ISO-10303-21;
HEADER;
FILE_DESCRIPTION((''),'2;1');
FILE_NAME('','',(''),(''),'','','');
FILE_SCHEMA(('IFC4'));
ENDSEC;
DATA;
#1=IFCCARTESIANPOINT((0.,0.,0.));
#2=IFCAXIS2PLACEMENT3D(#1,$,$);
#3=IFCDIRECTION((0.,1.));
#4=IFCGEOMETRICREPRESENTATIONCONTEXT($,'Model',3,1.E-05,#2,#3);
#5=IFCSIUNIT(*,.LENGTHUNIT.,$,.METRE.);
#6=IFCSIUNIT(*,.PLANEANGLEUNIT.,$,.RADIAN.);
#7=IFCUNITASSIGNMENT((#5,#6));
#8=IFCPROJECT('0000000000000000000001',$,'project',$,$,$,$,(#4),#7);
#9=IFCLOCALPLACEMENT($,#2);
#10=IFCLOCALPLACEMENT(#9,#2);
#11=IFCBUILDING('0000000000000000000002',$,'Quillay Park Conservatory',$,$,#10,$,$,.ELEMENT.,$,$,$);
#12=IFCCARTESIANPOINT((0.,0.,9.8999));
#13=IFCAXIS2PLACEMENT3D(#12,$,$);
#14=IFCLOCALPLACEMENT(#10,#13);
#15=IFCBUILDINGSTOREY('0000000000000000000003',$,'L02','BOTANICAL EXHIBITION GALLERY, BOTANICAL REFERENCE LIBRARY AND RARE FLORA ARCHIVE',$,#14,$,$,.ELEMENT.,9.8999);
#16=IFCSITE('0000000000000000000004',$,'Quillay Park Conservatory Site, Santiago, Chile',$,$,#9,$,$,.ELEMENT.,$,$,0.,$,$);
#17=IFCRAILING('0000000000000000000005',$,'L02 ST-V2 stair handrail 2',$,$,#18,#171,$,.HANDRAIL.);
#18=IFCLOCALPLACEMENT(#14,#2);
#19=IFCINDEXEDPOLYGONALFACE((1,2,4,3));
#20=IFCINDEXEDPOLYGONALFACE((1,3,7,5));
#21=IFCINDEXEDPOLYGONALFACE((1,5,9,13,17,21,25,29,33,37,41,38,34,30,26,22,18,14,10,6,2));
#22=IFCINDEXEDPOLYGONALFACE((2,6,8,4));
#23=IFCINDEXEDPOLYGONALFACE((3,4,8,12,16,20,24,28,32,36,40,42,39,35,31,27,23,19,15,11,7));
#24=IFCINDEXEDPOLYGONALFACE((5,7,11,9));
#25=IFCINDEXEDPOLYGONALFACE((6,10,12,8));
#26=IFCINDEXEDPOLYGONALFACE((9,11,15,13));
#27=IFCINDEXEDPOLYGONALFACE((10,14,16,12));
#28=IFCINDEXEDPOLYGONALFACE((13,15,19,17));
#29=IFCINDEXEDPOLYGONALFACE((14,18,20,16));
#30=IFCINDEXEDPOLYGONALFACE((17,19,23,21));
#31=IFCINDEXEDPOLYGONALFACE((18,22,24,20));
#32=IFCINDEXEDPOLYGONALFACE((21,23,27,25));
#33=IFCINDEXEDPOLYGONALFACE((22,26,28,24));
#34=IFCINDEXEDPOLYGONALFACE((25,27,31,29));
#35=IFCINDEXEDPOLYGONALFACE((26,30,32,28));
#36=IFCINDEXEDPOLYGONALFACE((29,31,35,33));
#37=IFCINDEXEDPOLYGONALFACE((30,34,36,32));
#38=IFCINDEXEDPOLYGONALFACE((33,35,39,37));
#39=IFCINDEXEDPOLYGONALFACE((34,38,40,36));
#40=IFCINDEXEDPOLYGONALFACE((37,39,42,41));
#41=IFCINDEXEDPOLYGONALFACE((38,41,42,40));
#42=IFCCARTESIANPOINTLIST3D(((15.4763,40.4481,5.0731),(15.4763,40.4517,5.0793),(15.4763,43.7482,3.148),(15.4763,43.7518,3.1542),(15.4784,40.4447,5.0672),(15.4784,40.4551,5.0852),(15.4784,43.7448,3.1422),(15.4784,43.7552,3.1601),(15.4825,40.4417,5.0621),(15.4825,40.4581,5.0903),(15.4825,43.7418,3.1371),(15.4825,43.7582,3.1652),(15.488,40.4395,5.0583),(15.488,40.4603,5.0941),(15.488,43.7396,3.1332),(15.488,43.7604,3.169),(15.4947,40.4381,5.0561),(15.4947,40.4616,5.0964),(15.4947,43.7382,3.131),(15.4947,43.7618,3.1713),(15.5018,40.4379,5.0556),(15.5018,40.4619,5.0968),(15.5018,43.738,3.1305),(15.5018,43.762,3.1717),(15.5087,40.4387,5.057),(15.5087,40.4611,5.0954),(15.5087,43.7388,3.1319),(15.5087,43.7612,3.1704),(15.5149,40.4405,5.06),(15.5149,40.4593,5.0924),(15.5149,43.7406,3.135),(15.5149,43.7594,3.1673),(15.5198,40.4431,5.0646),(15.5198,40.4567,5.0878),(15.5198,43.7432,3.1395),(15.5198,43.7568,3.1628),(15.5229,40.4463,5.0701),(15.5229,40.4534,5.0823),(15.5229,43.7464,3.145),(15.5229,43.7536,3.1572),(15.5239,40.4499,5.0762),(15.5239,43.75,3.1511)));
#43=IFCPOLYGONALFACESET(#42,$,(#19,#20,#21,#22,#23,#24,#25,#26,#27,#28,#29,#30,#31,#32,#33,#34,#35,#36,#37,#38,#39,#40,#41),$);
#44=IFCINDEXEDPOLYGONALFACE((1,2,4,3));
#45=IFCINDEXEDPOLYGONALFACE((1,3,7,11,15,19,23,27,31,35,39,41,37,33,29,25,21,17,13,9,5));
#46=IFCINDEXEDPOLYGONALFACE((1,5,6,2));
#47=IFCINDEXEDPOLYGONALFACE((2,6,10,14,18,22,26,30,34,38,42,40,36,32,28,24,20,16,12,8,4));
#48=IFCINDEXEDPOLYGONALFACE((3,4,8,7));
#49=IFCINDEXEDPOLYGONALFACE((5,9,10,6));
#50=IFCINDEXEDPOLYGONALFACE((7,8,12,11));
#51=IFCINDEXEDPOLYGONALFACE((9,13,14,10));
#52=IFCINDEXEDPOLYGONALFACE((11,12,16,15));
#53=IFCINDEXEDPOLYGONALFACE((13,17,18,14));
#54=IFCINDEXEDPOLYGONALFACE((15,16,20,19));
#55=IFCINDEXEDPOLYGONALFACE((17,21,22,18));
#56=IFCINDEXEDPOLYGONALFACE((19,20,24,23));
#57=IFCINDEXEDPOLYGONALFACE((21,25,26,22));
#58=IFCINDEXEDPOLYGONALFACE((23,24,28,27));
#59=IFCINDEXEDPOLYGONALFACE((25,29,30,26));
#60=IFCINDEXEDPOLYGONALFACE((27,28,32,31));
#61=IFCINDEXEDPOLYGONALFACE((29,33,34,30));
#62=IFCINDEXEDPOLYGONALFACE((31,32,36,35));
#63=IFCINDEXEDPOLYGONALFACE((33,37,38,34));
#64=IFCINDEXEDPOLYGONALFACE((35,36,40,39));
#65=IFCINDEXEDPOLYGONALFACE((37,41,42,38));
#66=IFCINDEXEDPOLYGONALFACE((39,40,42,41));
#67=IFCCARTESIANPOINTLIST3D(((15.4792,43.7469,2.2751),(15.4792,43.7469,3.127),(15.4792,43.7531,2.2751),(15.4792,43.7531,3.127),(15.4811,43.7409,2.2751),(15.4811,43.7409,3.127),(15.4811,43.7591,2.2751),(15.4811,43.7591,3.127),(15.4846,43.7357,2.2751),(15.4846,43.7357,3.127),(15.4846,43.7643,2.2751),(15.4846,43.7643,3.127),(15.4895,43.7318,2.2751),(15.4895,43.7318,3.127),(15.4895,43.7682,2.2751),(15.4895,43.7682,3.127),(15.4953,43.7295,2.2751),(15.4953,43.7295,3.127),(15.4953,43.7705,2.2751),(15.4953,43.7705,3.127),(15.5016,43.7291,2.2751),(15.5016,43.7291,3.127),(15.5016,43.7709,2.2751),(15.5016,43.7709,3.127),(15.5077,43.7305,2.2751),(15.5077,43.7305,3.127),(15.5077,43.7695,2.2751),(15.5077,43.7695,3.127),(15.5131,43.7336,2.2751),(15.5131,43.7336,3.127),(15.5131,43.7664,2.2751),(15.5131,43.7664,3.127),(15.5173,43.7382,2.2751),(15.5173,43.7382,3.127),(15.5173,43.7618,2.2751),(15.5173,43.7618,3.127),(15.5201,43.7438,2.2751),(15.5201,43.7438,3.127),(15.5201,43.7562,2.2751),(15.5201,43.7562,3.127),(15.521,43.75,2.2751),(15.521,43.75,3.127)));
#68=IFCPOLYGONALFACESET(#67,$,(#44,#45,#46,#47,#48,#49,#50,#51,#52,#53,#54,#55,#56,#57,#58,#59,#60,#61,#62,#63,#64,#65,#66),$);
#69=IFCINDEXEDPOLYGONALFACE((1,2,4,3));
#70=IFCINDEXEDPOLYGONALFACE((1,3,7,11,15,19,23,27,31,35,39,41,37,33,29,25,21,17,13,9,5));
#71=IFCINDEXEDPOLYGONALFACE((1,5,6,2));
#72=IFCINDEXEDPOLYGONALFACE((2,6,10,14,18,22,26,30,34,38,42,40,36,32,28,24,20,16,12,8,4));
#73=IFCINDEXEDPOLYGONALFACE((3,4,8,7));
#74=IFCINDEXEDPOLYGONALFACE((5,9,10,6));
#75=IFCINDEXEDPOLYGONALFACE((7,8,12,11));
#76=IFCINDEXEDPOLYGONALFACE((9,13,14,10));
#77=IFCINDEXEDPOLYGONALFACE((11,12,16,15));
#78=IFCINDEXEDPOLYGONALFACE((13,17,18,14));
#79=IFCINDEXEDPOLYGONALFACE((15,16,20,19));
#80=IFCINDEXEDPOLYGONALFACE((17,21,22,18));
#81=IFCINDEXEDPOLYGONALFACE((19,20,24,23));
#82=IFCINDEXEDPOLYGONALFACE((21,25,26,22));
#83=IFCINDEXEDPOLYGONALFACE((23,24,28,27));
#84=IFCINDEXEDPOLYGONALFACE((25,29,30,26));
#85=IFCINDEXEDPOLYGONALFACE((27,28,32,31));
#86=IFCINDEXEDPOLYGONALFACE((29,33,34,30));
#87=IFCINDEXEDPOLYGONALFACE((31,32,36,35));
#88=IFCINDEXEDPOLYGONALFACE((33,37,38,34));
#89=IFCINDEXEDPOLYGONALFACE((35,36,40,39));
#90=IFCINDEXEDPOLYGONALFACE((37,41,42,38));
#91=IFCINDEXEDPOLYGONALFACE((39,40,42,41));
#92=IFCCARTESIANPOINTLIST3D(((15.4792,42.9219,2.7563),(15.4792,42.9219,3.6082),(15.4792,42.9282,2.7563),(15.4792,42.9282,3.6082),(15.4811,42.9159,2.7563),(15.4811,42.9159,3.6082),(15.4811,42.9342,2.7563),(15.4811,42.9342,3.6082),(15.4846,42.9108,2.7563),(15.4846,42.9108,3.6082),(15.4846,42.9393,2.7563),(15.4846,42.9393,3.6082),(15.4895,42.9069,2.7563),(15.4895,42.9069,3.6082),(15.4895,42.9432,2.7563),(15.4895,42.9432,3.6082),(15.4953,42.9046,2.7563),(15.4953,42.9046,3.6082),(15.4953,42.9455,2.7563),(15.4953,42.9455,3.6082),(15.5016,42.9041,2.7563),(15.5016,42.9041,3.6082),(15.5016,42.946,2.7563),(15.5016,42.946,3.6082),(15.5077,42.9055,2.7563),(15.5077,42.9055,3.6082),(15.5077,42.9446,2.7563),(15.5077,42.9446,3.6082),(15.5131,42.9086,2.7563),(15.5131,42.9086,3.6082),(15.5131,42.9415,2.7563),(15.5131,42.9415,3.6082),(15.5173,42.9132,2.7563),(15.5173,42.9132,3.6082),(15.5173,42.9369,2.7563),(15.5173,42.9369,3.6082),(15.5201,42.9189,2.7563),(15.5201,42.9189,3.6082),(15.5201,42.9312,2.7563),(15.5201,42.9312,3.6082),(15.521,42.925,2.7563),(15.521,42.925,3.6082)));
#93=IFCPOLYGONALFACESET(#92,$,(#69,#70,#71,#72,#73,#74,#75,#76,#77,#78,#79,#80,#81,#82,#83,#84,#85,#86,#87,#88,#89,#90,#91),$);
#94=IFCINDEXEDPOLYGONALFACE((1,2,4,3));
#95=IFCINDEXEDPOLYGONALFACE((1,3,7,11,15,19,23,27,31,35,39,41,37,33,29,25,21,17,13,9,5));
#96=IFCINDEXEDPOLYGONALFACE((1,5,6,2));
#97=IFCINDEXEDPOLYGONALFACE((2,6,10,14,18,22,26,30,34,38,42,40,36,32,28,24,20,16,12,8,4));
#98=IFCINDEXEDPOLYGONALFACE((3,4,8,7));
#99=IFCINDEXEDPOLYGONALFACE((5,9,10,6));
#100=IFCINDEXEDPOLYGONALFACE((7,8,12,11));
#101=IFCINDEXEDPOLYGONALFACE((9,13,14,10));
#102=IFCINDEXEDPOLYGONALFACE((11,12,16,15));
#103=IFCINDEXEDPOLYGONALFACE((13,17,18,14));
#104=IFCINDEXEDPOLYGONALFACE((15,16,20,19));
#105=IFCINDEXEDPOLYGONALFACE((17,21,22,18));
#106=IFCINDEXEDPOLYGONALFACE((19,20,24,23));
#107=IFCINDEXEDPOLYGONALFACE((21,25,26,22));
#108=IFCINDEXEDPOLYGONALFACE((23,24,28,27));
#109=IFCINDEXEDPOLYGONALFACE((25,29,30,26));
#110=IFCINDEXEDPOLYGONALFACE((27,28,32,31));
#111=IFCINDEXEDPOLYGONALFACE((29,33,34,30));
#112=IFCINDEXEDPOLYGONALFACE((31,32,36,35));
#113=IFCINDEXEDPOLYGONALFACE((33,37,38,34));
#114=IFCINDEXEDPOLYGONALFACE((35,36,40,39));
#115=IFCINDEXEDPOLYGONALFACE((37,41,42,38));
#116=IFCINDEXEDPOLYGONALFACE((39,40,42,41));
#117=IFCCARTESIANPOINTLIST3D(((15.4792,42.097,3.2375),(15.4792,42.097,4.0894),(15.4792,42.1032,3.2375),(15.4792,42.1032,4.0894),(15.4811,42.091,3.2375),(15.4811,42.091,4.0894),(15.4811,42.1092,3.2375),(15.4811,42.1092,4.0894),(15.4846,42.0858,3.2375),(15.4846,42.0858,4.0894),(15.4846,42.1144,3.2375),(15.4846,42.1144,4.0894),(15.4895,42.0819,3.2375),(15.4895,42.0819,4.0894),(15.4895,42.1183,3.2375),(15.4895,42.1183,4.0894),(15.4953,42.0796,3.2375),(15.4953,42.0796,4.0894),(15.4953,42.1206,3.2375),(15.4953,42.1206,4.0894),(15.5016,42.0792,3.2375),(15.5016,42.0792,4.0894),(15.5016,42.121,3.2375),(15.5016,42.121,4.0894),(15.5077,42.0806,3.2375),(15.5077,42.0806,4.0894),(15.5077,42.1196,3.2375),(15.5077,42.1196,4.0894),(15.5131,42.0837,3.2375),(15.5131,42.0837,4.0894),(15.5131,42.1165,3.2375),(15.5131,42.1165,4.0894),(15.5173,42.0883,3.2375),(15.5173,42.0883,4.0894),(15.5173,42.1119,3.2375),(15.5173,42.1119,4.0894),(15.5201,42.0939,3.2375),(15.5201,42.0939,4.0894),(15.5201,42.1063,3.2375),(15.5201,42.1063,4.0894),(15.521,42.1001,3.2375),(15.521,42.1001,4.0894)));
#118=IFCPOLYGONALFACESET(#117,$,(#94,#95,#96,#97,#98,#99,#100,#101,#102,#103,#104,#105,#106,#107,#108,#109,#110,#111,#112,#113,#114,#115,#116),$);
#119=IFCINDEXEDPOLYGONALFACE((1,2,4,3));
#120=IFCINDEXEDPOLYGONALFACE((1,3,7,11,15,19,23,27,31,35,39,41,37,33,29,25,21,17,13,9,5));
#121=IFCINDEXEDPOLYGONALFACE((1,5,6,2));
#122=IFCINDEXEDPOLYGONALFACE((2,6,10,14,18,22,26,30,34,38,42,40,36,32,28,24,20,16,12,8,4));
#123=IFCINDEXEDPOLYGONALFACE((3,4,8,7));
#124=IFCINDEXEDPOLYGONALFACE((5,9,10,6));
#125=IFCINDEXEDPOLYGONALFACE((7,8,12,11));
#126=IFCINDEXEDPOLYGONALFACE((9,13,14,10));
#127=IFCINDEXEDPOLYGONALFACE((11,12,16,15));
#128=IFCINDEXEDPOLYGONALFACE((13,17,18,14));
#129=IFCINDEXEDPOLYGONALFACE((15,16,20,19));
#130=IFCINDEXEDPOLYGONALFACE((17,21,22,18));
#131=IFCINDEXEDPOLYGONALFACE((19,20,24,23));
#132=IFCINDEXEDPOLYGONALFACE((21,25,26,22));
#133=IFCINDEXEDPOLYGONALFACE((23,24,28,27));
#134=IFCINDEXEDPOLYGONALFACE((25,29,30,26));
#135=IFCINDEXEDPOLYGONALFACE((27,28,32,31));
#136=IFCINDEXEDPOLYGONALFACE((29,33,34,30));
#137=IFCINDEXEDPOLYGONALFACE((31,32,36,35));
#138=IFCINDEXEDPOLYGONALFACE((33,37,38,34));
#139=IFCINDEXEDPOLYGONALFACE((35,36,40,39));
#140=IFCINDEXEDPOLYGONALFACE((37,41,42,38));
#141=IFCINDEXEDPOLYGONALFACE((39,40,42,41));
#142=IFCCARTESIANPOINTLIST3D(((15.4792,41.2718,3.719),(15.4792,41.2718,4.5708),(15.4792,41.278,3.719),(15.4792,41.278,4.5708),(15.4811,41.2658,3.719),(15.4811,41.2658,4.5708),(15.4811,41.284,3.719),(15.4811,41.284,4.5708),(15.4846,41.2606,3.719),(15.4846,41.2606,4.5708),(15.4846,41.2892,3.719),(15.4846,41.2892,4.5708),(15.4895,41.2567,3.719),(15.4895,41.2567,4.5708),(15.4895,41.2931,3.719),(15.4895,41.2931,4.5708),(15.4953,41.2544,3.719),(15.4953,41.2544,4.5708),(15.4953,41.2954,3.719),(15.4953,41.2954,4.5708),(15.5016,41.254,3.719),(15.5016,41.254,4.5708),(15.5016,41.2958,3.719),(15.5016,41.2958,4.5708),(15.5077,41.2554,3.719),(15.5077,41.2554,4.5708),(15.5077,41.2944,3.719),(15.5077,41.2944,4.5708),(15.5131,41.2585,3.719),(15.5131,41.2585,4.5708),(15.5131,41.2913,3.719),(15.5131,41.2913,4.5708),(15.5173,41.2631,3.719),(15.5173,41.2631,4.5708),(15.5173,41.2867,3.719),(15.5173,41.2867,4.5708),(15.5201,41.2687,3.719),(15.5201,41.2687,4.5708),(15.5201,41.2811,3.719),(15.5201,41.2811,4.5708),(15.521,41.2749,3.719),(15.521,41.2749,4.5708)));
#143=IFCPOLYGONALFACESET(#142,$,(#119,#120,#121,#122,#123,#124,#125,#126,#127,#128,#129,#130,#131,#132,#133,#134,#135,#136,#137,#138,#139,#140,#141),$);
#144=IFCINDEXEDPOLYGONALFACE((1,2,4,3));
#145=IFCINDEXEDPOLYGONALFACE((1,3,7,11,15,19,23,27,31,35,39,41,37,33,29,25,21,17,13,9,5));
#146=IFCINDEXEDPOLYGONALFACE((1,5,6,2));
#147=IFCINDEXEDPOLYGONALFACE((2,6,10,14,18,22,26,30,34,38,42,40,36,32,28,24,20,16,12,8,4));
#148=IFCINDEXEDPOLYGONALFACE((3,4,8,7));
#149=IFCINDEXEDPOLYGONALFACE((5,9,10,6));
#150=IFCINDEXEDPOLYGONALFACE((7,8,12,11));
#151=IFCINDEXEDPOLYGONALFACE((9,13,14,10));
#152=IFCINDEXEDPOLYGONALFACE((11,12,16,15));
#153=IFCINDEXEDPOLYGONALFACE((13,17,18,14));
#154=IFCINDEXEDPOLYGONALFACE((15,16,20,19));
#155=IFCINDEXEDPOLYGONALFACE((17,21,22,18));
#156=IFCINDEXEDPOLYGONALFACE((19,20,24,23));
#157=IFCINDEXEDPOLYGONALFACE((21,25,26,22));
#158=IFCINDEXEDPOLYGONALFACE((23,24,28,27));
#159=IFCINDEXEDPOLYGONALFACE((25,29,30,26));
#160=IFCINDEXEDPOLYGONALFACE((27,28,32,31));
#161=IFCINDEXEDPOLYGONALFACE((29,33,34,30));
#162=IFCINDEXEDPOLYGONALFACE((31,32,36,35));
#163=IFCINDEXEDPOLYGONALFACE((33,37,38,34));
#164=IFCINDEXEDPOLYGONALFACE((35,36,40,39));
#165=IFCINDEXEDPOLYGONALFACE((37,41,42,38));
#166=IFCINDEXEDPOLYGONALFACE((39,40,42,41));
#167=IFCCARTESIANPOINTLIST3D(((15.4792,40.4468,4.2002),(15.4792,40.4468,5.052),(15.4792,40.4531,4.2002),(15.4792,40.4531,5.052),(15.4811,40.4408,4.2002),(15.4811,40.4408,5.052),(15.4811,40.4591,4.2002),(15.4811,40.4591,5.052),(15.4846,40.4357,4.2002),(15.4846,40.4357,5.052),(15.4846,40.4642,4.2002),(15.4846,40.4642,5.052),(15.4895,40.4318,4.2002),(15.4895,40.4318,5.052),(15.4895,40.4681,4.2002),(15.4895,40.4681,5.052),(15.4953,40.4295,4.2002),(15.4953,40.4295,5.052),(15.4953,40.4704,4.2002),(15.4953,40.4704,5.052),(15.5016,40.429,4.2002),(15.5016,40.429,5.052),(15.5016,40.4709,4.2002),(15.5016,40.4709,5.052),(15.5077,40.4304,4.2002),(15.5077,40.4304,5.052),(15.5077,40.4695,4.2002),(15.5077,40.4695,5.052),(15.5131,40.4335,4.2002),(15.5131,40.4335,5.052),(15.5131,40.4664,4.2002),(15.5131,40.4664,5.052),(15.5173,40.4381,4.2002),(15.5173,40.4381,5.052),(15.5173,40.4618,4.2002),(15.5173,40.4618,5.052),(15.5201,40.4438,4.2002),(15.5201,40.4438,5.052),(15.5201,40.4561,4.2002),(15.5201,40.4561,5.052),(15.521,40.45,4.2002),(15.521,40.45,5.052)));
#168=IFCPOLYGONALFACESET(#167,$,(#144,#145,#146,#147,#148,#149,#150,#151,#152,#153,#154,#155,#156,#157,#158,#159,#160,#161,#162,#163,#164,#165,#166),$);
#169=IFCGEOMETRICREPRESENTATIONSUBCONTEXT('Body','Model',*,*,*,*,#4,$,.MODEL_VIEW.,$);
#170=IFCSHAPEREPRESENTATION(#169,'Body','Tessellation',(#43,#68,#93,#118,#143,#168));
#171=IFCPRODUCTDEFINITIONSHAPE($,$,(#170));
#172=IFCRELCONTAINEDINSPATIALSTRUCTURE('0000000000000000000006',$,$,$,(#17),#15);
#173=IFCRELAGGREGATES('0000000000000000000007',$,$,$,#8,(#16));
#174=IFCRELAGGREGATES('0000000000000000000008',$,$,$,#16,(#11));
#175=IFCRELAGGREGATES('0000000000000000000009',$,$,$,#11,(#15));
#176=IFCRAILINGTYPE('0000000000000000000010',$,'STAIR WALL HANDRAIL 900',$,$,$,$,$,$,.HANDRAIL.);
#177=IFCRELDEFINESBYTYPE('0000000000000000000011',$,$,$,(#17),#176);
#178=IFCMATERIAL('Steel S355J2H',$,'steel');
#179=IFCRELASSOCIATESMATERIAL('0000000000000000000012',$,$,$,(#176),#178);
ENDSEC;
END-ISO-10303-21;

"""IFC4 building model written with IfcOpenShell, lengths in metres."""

from ifc_helpers import new_model, si_unit, direction, frame, origin, origin_2d, place, context, subcontext, project, spatial, circle, extrude, material, type_object, element, save


model = new_model("IFC4")

# Units and contexts
model_context = context("Model", 3, precision=1e-05, world=origin(), true_north=direction((0.0, 1.0)))
body_context = subcontext(model_context, "Body", "Model", "MODEL_VIEW")
ifc_project = project(units=[si_unit("LENGTHUNIT", "METRE"), si_unit("PLANEANGLEUNIT", "RADIAN")], contexts=[model_context])

# Site, building, storey
site_placement = place(None, origin())
site = spatial("IfcSite", under=ifc_project, at=site_placement, Name="Quillay Park Conservatory Site, Santiago, Chile", CompositionType="ELEMENT", RefElevation=0.0)
building_placement = place(site_placement, origin())
building = spatial("IfcBuilding", under=site, at=building_placement, Name="Quillay Park Conservatory", CompositionType="ELEMENT")
storey_placement = place(building_placement, frame((0.0, 0.0, 9.8999)))
storey = spatial("IfcBuildingStorey", under=building, at=storey_placement, Name="L02", Description="BOTANICAL EXHIBITION GALLERY, BOTANICAL REFERENCE LIBRARY AND RARE FLORA ARCHIVE", CompositionType="ELEMENT", Elevation=9.8999)

# Railing
ifc_material_1 = material(Name="Steel S355J2H", Category="steel")
railing_type_1 = type_object("IfcRailingType", Name="STAIR WALL HANDRAIL 900", PredefinedType="HANDRAIL", material=ifc_material_1)
railing_1_placement = place(storey_placement, frame((15.5, 43.75, 2.2751)))
element("IfcRailing", 1, at=railing_1_placement, inside=storey, type_object=railing_type_1, Name="L02 ST-V2 stair handrail 2", PredefinedType="HANDRAIL", context=body_context, shape_type="SweptSolid", body=[
    extrude(circle(Radius=0.0239, at=origin_2d()), frame((0.0, 0.0, 0.876), z_axis=(0.0, -0.863777, 0.503875), x_axis=(1.0, 0.0, 0.0)), (0.0, 0.0, 1.0), 3.8206),
    extrude(circle(Radius=0.021, at=origin_2d()), origin(), (0.0, 0.0, 1.0), 0.8518),
    extrude(circle(Radius=0.021, at=origin_2d()), frame((0.0, -0.825, 0.4812)), (0.0, 0.0, 1.0), 0.8518),
    extrude(circle(Radius=0.021, at=origin_2d()), frame((0.0, -1.6499, 0.9624)), (0.0, 0.0, 1.0), 0.8518),
    extrude(circle(Radius=0.021, at=origin_2d()), frame((0.0, -2.4751, 1.4438)), (0.0, 0.0, 1.0), 0.8518),
    extrude(circle(Radius=0.021, at=origin_2d()), frame((0.0, -3.3, 1.925)), (0.0, 0.0, 1.0), 0.8518),
])

save(model, "model.ifc")
